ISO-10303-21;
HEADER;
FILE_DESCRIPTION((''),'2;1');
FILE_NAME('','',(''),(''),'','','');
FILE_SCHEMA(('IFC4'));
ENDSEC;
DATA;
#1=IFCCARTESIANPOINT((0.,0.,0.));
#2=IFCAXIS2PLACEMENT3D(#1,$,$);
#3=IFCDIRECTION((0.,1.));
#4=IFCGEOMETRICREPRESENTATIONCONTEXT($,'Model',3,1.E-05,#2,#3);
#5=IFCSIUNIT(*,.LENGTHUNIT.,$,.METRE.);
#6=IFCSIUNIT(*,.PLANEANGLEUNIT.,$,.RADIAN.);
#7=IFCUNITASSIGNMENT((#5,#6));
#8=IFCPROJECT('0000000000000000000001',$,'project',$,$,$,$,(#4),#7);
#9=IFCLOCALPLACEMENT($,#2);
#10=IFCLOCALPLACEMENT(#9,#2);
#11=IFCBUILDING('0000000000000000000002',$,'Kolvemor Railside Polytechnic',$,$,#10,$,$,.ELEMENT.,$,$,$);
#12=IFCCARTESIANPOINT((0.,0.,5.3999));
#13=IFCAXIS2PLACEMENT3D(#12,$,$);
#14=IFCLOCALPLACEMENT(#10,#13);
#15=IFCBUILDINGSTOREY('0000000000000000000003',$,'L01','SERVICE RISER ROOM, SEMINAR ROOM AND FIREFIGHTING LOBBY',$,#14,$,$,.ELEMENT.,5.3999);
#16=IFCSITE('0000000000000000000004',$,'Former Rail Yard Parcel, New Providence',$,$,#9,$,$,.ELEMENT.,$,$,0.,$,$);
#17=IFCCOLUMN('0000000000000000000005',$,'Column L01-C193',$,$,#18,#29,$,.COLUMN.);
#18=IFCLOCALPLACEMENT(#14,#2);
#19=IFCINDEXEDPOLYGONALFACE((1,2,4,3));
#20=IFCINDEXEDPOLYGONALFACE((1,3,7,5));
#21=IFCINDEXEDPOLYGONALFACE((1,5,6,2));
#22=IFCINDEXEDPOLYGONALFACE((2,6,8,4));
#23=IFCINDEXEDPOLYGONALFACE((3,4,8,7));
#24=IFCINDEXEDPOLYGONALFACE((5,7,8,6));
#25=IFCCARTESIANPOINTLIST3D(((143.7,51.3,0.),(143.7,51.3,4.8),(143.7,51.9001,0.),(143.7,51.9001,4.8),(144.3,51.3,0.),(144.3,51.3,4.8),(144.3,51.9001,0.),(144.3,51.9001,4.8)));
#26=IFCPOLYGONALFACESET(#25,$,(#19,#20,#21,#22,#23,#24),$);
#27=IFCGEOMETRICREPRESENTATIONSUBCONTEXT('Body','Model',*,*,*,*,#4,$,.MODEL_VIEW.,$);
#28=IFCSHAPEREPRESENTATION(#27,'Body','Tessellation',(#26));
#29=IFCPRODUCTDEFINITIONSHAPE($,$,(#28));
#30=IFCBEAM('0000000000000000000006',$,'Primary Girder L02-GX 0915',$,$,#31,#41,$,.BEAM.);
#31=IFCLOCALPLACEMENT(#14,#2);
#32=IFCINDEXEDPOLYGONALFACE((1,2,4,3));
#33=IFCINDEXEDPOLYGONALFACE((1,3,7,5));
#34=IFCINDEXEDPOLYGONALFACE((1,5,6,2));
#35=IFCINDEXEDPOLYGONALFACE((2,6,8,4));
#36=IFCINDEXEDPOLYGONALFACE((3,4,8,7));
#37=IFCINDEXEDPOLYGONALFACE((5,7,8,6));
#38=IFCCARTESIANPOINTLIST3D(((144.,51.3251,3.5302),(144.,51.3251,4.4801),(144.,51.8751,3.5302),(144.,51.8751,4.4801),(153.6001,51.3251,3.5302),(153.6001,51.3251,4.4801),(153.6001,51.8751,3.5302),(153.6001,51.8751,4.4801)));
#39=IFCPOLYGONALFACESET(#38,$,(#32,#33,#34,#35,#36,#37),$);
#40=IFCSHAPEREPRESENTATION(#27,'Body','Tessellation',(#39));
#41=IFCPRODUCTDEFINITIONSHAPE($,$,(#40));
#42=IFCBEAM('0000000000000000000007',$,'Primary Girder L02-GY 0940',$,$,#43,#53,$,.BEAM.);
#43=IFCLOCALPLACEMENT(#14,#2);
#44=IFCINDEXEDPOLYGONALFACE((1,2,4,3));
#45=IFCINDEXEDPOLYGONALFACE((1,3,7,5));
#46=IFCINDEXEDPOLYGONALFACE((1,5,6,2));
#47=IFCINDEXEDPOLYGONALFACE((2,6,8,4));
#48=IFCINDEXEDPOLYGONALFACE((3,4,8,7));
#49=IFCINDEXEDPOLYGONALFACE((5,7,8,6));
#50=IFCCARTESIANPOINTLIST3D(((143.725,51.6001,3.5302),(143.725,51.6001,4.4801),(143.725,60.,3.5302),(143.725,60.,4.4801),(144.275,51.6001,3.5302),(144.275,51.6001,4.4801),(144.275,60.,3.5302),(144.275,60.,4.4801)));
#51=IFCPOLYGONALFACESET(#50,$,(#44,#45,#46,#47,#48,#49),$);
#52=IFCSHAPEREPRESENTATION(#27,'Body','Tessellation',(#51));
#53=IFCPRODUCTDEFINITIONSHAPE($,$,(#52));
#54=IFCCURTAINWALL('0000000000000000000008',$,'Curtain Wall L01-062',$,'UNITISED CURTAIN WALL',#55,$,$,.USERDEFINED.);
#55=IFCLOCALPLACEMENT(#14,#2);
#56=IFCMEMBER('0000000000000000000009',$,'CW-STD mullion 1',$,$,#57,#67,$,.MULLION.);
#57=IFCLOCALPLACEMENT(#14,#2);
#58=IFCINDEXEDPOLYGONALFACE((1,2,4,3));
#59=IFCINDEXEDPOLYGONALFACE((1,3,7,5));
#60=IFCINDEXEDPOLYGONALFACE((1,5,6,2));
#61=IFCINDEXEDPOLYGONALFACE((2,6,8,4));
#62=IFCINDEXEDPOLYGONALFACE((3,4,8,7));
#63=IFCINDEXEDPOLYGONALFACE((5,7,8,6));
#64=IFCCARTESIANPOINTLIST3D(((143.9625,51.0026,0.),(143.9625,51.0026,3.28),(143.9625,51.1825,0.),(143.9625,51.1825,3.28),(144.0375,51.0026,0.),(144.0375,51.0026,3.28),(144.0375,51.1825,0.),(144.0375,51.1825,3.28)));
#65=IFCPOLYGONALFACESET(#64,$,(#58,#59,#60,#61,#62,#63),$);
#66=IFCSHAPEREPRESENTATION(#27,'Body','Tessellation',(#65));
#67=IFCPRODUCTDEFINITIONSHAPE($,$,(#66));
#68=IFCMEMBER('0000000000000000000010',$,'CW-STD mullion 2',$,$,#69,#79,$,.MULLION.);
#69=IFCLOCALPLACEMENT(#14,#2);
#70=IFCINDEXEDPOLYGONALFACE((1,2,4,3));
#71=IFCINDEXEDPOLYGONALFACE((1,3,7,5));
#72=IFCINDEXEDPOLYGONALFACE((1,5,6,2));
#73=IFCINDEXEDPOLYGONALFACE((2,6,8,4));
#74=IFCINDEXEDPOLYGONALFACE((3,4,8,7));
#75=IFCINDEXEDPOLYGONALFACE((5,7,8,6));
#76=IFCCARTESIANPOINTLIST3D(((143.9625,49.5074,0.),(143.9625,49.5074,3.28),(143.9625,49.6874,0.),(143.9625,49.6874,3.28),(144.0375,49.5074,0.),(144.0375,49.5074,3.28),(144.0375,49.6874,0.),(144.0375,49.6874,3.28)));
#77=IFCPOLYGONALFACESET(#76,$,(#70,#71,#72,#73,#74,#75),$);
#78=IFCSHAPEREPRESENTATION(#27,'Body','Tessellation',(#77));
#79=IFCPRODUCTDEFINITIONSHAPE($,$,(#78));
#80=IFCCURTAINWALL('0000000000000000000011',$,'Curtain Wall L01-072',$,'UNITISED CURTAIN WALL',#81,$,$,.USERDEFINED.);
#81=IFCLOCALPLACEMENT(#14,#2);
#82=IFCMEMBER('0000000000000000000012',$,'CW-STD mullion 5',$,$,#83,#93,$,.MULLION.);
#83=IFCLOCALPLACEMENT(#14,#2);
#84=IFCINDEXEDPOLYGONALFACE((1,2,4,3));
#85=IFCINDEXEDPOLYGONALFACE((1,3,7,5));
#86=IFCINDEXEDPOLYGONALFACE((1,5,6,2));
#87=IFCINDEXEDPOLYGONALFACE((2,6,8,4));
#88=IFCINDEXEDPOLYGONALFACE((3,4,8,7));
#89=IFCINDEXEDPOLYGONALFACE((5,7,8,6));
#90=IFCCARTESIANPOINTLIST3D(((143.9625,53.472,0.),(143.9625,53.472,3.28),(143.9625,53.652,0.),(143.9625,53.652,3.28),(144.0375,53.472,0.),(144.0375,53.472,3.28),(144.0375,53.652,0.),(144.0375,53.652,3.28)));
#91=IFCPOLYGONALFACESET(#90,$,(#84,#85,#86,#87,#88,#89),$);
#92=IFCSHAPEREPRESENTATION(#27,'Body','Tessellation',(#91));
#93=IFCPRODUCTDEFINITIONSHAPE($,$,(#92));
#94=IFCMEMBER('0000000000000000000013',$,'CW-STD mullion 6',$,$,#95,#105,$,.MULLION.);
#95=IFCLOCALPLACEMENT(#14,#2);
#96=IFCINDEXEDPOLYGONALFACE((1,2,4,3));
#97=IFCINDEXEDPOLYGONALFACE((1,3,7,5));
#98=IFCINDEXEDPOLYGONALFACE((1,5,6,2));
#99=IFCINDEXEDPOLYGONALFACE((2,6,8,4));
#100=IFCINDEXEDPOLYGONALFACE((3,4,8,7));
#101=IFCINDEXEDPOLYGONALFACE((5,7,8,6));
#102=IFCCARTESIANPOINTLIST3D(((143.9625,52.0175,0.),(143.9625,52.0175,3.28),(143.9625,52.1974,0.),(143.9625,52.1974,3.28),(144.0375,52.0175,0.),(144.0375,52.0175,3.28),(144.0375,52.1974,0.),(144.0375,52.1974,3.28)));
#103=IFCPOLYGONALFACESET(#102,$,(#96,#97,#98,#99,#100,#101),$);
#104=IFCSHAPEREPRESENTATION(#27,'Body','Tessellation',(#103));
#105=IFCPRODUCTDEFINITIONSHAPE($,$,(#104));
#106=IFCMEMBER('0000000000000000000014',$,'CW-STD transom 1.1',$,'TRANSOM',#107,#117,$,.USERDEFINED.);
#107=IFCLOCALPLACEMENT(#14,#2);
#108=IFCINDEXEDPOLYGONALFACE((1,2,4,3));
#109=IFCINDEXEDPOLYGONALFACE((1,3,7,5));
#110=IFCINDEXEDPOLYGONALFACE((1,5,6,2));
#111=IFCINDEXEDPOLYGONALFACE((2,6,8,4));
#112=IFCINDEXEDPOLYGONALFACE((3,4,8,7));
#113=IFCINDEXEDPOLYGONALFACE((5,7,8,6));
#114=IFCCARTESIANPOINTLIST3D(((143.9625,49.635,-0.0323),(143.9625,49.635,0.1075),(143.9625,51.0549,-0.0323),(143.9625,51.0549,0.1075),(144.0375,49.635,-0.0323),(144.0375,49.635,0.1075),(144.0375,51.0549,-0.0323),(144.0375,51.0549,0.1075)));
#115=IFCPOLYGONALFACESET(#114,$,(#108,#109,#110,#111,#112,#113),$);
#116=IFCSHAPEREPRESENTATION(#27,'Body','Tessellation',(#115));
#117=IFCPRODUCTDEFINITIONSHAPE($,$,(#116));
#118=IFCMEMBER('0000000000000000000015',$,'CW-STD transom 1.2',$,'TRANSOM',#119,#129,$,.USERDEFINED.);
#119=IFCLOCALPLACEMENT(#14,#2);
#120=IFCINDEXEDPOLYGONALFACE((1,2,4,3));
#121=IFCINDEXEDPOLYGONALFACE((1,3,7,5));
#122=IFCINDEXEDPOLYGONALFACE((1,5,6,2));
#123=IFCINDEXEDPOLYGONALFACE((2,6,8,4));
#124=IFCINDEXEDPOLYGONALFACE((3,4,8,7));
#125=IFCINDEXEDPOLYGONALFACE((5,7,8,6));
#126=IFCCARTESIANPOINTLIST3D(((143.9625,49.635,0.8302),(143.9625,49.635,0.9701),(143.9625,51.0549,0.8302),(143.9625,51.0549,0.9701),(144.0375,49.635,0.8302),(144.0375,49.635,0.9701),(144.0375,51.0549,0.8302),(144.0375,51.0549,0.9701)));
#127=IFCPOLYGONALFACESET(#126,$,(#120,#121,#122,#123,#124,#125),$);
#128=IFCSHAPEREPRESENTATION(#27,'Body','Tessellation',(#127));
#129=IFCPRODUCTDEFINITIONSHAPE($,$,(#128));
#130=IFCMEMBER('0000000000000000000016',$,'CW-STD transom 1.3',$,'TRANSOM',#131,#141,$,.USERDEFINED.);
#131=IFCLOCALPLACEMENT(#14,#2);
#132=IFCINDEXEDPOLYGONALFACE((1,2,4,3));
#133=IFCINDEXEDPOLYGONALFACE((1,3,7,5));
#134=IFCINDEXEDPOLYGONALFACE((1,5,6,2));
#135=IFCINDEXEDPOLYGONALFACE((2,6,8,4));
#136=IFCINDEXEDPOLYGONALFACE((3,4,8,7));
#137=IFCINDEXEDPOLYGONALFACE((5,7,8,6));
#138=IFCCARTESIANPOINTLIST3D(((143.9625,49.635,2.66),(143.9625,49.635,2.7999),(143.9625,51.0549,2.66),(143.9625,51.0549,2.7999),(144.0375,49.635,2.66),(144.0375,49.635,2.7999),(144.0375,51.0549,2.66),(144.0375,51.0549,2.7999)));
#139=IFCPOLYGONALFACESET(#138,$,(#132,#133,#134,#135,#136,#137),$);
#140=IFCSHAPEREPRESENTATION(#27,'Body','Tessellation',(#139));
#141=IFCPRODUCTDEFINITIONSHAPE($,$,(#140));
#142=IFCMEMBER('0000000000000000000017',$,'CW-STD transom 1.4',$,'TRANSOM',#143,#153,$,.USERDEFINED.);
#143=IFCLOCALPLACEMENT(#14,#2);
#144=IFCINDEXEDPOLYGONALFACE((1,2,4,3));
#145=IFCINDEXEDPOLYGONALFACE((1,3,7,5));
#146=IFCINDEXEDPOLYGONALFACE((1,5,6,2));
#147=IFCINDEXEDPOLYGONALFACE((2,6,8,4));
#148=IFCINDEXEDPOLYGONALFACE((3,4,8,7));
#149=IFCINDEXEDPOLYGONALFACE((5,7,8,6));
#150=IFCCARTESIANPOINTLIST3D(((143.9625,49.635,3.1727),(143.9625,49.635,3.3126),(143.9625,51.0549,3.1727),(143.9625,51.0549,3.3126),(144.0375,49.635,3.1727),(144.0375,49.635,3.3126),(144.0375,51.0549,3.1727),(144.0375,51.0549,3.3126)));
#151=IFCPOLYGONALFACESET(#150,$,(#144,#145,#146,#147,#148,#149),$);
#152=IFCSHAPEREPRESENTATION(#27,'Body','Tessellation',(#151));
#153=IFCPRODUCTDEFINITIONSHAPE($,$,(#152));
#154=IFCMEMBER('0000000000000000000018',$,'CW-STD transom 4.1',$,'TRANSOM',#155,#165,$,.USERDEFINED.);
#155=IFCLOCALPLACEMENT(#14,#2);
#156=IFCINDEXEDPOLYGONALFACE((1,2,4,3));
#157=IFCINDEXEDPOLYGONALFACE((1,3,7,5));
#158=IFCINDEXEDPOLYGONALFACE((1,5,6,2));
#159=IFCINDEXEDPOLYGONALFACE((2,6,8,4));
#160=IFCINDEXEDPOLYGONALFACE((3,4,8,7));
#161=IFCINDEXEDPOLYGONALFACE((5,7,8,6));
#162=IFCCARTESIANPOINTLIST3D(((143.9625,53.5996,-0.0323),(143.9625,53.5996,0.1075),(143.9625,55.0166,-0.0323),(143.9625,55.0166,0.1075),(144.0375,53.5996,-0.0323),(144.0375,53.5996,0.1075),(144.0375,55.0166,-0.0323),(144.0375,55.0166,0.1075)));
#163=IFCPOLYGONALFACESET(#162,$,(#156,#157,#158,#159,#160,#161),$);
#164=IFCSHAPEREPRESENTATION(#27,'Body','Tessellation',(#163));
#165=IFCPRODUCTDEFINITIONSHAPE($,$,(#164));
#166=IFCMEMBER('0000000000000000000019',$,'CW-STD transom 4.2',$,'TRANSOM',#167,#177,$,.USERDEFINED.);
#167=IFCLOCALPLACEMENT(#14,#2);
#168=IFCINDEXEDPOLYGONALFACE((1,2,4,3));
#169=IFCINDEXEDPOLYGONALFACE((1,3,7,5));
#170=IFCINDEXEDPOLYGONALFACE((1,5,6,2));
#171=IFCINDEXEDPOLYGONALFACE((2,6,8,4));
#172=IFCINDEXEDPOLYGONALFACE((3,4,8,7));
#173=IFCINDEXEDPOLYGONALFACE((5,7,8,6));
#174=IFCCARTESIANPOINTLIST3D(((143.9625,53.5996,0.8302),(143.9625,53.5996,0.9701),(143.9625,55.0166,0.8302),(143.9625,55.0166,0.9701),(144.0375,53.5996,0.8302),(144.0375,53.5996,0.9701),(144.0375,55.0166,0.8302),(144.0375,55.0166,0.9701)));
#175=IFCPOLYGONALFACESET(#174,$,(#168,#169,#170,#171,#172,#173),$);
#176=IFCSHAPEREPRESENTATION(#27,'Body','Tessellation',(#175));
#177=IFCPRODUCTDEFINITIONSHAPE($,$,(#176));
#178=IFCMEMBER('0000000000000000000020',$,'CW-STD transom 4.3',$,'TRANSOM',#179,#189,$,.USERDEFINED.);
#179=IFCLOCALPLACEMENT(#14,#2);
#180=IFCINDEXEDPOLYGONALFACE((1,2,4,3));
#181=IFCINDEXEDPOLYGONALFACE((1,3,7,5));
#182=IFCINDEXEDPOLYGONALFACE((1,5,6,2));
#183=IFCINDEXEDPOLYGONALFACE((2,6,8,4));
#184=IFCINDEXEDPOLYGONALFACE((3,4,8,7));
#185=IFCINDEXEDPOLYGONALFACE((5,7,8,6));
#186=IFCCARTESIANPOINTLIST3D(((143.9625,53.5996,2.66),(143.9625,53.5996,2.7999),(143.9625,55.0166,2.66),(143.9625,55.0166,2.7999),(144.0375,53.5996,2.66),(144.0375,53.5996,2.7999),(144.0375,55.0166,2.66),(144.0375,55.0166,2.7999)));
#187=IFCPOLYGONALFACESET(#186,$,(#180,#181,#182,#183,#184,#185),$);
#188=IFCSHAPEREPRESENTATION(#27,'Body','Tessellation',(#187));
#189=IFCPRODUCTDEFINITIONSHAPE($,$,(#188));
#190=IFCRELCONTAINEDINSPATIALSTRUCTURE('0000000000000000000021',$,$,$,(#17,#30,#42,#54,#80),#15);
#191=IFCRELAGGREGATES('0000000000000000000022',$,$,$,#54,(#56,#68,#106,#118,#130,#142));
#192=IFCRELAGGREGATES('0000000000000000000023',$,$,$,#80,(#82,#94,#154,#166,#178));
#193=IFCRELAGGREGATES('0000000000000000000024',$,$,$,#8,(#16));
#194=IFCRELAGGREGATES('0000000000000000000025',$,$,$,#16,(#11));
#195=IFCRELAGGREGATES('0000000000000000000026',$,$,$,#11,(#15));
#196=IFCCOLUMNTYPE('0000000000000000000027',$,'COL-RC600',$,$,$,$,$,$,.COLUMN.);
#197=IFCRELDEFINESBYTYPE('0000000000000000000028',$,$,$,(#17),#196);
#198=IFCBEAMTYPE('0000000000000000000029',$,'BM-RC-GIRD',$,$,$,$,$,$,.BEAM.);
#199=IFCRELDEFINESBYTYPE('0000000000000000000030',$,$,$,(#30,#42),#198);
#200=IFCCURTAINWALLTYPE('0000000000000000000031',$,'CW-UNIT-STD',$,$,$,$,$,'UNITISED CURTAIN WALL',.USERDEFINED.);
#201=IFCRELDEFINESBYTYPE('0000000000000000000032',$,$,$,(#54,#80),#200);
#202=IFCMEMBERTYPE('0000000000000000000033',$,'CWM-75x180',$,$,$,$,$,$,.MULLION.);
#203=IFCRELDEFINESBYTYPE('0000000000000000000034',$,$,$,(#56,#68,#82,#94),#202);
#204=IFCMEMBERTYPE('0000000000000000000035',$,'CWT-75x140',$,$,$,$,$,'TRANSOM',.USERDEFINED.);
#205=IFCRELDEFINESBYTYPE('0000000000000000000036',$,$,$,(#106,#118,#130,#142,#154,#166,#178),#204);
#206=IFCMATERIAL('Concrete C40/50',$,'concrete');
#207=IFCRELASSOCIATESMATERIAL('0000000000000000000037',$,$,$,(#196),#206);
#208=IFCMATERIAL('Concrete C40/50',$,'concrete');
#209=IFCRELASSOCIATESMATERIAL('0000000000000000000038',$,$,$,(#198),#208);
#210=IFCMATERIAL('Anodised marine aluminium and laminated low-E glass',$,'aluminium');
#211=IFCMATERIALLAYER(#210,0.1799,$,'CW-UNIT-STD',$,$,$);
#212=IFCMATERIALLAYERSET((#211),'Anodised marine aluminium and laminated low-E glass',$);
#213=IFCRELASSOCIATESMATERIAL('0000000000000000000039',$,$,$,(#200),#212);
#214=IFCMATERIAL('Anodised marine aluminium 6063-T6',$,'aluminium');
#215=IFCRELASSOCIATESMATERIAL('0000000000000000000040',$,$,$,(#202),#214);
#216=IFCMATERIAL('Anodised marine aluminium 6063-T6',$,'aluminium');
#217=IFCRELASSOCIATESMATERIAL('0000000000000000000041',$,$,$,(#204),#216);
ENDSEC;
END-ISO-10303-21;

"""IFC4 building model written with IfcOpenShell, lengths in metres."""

from ifc_helpers import new_model, si_unit, direction, frame, origin, origin_2d, place, context, subcontext, project, spatial, rectangle, extrude, material, layer, layer_set, material_profile, profile_set, type_object, element, aggregate, save


model = new_model("IFC4")

# Units and contexts
model_context = context("Model", 3, precision=1e-05, world=origin(), true_north=direction((0.0, 1.0)))
body_context = subcontext(model_context, "Body", "Model", "MODEL_VIEW")
ifc_project = project(units=[si_unit("LENGTHUNIT", "METRE"), si_unit("PLANEANGLEUNIT", "RADIAN")], contexts=[model_context])

# Site, building, storey
site_placement = place(None, origin())
site = spatial("IfcSite", under=ifc_project, at=site_placement, Name="Former Rail Yard Parcel, New Providence", CompositionType="ELEMENT", RefElevation=0.0)
building_placement = place(site_placement, origin())
building = spatial("IfcBuilding", under=site, at=building_placement, Name="Kolvemor Railside Polytechnic", CompositionType="ELEMENT")
storey_placement = place(building_placement, frame((0.0, 0.0, 5.3999)))
storey = spatial("IfcBuildingStorey", under=building, at=storey_placement, Name="L01", Description="SERVICE RISER ROOM, SEMINAR ROOM AND FIREFIGHTING LOBBY", CompositionType="ELEMENT", Elevation=5.3999)

# Column
ifc_material_1 = material(Name="Concrete C40/50", Category="concrete")
ifc_material_profile_1 = material_profile(ifc_material_1, rectangle(XDim=0.6001, YDim=0.6001, at=origin_2d()), Name="RC600x600")
ifc_profile_set_1 = profile_set([ifc_material_profile_1], Name="Concrete C40/50")
column_type = type_object("IfcColumnType", Name="COL-RC600", PredefinedType="COLUMN", material=ifc_profile_set_1)
column_placement = place(storey_placement, frame((144.0, 51.6001, 0.0), z_axis=(0.0, 0.0, 1.0), x_axis=(1.0, 0.0, 0.0)))
element("IfcColumn", 1, at=column_placement, inside=storey, type_object=column_type, Name="Column L01-C193", PredefinedType="COLUMN", context=body_context, shape_type="SweptSolid", body=[
    extrude(rectangle(XDim=0.6001, YDim=0.6001, at=origin_2d()), origin(), (0.0, 0.0, 1.0), 4.8),
])

# Beams
ifc_material_2 = material(Name="Concrete C40/50", Category="concrete")
ifc_material_profile_2 = material_profile(ifc_material_2, rectangle(XDim=0.55, YDim=0.95, at=origin_2d()), Name="RC550x950")
ifc_profile_set_2 = profile_set([ifc_material_profile_2], Name="Concrete C40/50")
beam_type = type_object("IfcBeamType", Name="BM-RC-GIRD", PredefinedType="BEAM", material=ifc_profile_set_2)
beam_1_placement = place(storey_placement, frame((144.0, 51.6001, 4.0051), z_axis=(1.0, 0.0, 0.0), x_axis=(0.0, 1.0, 0.0)))
element("IfcBeam", 2, at=beam_1_placement, inside=storey, type_object=beam_type, Name="Primary Girder L02-GX 0915", PredefinedType="BEAM", context=body_context, shape_type="SweptSolid", body=[
    extrude(rectangle(XDim=0.55, YDim=0.95, at=origin_2d()), origin(), (0.0, 0.0, 1.0), 9.6001),
])
beam_2_placement = place(storey_placement, frame((144.0, 51.6001, 4.0051), z_axis=(0.0, 1.0, 0.0), x_axis=(-1.0, 0.0, 0.0)))
element("IfcBeam", 3, at=beam_2_placement, inside=storey, type_object=beam_type, Name="Primary Girder L02-GY 0940", PredefinedType="BEAM", context=body_context, shape_type="SweptSolid", body=[
    extrude(rectangle(XDim=0.55, YDim=0.95, at=origin_2d()), origin(), (0.0, 0.0, 1.0), 8.3999),
])

# Curtain walls, members
ifc_material_3 = material(Name="Anodised marine aluminium and laminated low-E glass", Category="aluminium")
ifc_layer_1 = layer(ifc_material_3, 0.1799, Name="CW-UNIT-STD")
ifc_layer_set_1 = layer_set([ifc_layer_1], Name="Anodised marine aluminium and laminated low-E glass")
curtain_wall_type = type_object("IfcCurtainWallType", Name="CW-UNIT-STD", ElementType="UNITISED CURTAIN WALL", PredefinedType="USERDEFINED", material=ifc_layer_set_1)
curtain_wall_1_placement = place(storey_placement, origin())
curtain_wall_1 = element("IfcCurtainWall", 4, at=curtain_wall_1_placement, inside=storey, type_object=curtain_wall_type, Name="Curtain Wall L01-062", ObjectType="UNITISED CURTAIN WALL", PredefinedType="USERDEFINED")
ifc_material_4 = material(Name="Anodised marine aluminium 6063-T6", Category="aluminium")
ifc_material_profile_3 = material_profile(ifc_material_4, rectangle(XDim=0.075, YDim=0.1799, at=origin_2d()), Name="CW-MUL-75x180")
ifc_profile_set_3 = profile_set([ifc_material_profile_3], Name="Anodised marine aluminium 6063-T6")
member_type_1 = type_object("IfcMemberType", Name="CWM-75x180", PredefinedType="MULLION", material=ifc_profile_set_3)
member_1_placement = place(storey_placement, frame((144.0, 51.0925, 0.0), z_axis=(0.0, 0.0, 1.0), x_axis=(1.0, 0.0, 0.0)))
member_1 = element("IfcMember", 5, at=member_1_placement, type_object=member_type_1, Name="CW-STD mullion 1", PredefinedType="MULLION", context=body_context, shape_type="SweptSolid", body=[
    extrude(rectangle(XDim=0.075, YDim=0.1799, at=origin_2d()), origin(), (0.0, 0.0, 1.0), 3.28),
])
member_2_placement = place(storey_placement, frame((144.0, 49.5974, 0.0), z_axis=(0.0, 0.0, 1.0), x_axis=(1.0, 0.0, 0.0)))
member_2 = element("IfcMember", 6, at=member_2_placement, type_object=member_type_1, Name="CW-STD mullion 2", PredefinedType="MULLION", context=body_context, shape_type="SweptSolid", body=[
    extrude(rectangle(XDim=0.075, YDim=0.1799, at=origin_2d()), origin(), (0.0, 0.0, 1.0), 3.28),
])
curtain_wall_2_placement = place(storey_placement, origin())
curtain_wall_2 = element("IfcCurtainWall", 7, at=curtain_wall_2_placement, inside=storey, type_object=curtain_wall_type, Name="Curtain Wall L01-072", ObjectType="UNITISED CURTAIN WALL", PredefinedType="USERDEFINED")
member_3_placement = place(storey_placement, frame((144.0, 53.562, 0.0), z_axis=(0.0, 0.0, 1.0), x_axis=(1.0, 0.0, 0.0)))
member_3 = element("IfcMember", 8, at=member_3_placement, type_object=member_type_1, Name="CW-STD mullion 5", PredefinedType="MULLION", context=body_context, shape_type="SweptSolid", body=[
    extrude(rectangle(XDim=0.075, YDim=0.1799, at=origin_2d()), origin(), (0.0, 0.0, 1.0), 3.28),
])
member_4_placement = place(storey_placement, frame((144.0, 52.1074, 0.0), z_axis=(0.0, 0.0, 1.0), x_axis=(1.0, 0.0, 0.0)))
member_4 = element("IfcMember", 9, at=member_4_placement, type_object=member_type_1, Name="CW-STD mullion 6", PredefinedType="MULLION", context=body_context, shape_type="SweptSolid", body=[
    extrude(rectangle(XDim=0.075, YDim=0.1799, at=origin_2d()), origin(), (0.0, 0.0, 1.0), 3.28),
])

# Members
ifc_material_5 = material(Name="Anodised marine aluminium 6063-T6", Category="aluminium")
ifc_material_profile_4 = material_profile(ifc_material_5, rectangle(XDim=0.075, YDim=0.1399, at=origin_2d()), Name="CW-TRN-75x140")
ifc_profile_set_4 = profile_set([ifc_material_profile_4], Name="Anodised marine aluminium 6063-T6")
member_type_2 = type_object("IfcMemberType", Name="CWT-75x140", ElementType="TRANSOM", PredefinedType="USERDEFINED", material=ifc_profile_set_4)
member_5_placement = place(storey_placement, frame((144.0, 51.0549, 0.0376), z_axis=(0.0, -1.0, 0.0), x_axis=(1.0, 0.0, 0.0)))
member_5 = element("IfcMember", 10, at=member_5_placement, type_object=member_type_2, Name="CW-STD transom 1.1", ObjectType="TRANSOM", PredefinedType="USERDEFINED", context=body_context, shape_type="SweptSolid", body=[
    extrude(rectangle(XDim=0.075, YDim=0.1399, at=origin_2d()), origin(), (0.0, 0.0, 1.0), 1.4199),
])
member_6_placement = place(storey_placement, frame((144.0, 51.0549, 0.9001), z_axis=(0.0, -1.0, 0.0), x_axis=(1.0, 0.0, 0.0)))
member_6 = element("IfcMember", 11, at=member_6_placement, type_object=member_type_2, Name="CW-STD transom 1.2", ObjectType="TRANSOM", PredefinedType="USERDEFINED", context=body_context, shape_type="SweptSolid", body=[
    extrude(rectangle(XDim=0.075, YDim=0.1399, at=origin_2d()), origin(), (0.0, 0.0, 1.0), 1.4199),
])
member_7_placement = place(storey_placement, frame((144.0, 51.0549, 2.73), z_axis=(0.0, -1.0, 0.0), x_axis=(1.0, 0.0, 0.0)))
member_7 = element("IfcMember", 12, at=member_7_placement, type_object=member_type_2, Name="CW-STD transom 1.3", ObjectType="TRANSOM", PredefinedType="USERDEFINED", context=body_context, shape_type="SweptSolid", body=[
    extrude(rectangle(XDim=0.075, YDim=0.1399, at=origin_2d()), origin(), (0.0, 0.0, 1.0), 1.4199),
])
member_8_placement = place(storey_placement, frame((144.0, 51.0549, 3.2427), z_axis=(0.0, -1.0, 0.0), x_axis=(1.0, 0.0, 0.0)))
member_8 = element("IfcMember", 13, at=member_8_placement, type_object=member_type_2, Name="CW-STD transom 1.4", ObjectType="TRANSOM", PredefinedType="USERDEFINED", context=body_context, shape_type="SweptSolid", body=[
    extrude(rectangle(XDim=0.075, YDim=0.1399, at=origin_2d()), origin(), (0.0, 0.0, 1.0), 1.4199),
])
member_9_placement = place(storey_placement, frame((144.0, 55.0166, 0.0376), z_axis=(0.0, -1.0, 0.0), x_axis=(1.0, 0.0, 0.0)))
member_9 = element("IfcMember", 14, at=member_9_placement, type_object=member_type_2, Name="CW-STD transom 4.1", ObjectType="TRANSOM", PredefinedType="USERDEFINED", context=body_context, shape_type="SweptSolid", body=[
    extrude(rectangle(XDim=0.075, YDim=0.1399, at=origin_2d()), origin(), (0.0, 0.0, 1.0), 1.417),
])
member_10_placement = place(storey_placement, frame((144.0, 55.0166, 0.9001), z_axis=(0.0, -1.0, 0.0), x_axis=(1.0, 0.0, 0.0)))
member_10 = element("IfcMember", 15, at=member_10_placement, type_object=member_type_2, Name="CW-STD transom 4.2", ObjectType="TRANSOM", PredefinedType="USERDEFINED", context=body_context, shape_type="SweptSolid", body=[
    extrude(rectangle(XDim=0.075, YDim=0.1399, at=origin_2d()), origin(), (0.0, 0.0, 1.0), 1.417),
])
member_11_placement = place(storey_placement, frame((144.0, 55.0166, 2.73), z_axis=(0.0, -1.0, 0.0), x_axis=(1.0, 0.0, 0.0)))
member_11 = element("IfcMember", 16, at=member_11_placement, type_object=member_type_2, Name="CW-STD transom 4.3", ObjectType="TRANSOM", PredefinedType="USERDEFINED", context=body_context, shape_type="SweptSolid", body=[
    extrude(rectangle(XDim=0.075, YDim=0.1399, at=origin_2d()), origin(), (0.0, 0.0, 1.0), 1.417),
])

aggregate(curtain_wall_1, [member_1, member_2, member_5, member_6, member_7, member_8])
aggregate(curtain_wall_2, [member_3, member_4, member_9, member_10, member_11])

save(model, "model.ifc")
